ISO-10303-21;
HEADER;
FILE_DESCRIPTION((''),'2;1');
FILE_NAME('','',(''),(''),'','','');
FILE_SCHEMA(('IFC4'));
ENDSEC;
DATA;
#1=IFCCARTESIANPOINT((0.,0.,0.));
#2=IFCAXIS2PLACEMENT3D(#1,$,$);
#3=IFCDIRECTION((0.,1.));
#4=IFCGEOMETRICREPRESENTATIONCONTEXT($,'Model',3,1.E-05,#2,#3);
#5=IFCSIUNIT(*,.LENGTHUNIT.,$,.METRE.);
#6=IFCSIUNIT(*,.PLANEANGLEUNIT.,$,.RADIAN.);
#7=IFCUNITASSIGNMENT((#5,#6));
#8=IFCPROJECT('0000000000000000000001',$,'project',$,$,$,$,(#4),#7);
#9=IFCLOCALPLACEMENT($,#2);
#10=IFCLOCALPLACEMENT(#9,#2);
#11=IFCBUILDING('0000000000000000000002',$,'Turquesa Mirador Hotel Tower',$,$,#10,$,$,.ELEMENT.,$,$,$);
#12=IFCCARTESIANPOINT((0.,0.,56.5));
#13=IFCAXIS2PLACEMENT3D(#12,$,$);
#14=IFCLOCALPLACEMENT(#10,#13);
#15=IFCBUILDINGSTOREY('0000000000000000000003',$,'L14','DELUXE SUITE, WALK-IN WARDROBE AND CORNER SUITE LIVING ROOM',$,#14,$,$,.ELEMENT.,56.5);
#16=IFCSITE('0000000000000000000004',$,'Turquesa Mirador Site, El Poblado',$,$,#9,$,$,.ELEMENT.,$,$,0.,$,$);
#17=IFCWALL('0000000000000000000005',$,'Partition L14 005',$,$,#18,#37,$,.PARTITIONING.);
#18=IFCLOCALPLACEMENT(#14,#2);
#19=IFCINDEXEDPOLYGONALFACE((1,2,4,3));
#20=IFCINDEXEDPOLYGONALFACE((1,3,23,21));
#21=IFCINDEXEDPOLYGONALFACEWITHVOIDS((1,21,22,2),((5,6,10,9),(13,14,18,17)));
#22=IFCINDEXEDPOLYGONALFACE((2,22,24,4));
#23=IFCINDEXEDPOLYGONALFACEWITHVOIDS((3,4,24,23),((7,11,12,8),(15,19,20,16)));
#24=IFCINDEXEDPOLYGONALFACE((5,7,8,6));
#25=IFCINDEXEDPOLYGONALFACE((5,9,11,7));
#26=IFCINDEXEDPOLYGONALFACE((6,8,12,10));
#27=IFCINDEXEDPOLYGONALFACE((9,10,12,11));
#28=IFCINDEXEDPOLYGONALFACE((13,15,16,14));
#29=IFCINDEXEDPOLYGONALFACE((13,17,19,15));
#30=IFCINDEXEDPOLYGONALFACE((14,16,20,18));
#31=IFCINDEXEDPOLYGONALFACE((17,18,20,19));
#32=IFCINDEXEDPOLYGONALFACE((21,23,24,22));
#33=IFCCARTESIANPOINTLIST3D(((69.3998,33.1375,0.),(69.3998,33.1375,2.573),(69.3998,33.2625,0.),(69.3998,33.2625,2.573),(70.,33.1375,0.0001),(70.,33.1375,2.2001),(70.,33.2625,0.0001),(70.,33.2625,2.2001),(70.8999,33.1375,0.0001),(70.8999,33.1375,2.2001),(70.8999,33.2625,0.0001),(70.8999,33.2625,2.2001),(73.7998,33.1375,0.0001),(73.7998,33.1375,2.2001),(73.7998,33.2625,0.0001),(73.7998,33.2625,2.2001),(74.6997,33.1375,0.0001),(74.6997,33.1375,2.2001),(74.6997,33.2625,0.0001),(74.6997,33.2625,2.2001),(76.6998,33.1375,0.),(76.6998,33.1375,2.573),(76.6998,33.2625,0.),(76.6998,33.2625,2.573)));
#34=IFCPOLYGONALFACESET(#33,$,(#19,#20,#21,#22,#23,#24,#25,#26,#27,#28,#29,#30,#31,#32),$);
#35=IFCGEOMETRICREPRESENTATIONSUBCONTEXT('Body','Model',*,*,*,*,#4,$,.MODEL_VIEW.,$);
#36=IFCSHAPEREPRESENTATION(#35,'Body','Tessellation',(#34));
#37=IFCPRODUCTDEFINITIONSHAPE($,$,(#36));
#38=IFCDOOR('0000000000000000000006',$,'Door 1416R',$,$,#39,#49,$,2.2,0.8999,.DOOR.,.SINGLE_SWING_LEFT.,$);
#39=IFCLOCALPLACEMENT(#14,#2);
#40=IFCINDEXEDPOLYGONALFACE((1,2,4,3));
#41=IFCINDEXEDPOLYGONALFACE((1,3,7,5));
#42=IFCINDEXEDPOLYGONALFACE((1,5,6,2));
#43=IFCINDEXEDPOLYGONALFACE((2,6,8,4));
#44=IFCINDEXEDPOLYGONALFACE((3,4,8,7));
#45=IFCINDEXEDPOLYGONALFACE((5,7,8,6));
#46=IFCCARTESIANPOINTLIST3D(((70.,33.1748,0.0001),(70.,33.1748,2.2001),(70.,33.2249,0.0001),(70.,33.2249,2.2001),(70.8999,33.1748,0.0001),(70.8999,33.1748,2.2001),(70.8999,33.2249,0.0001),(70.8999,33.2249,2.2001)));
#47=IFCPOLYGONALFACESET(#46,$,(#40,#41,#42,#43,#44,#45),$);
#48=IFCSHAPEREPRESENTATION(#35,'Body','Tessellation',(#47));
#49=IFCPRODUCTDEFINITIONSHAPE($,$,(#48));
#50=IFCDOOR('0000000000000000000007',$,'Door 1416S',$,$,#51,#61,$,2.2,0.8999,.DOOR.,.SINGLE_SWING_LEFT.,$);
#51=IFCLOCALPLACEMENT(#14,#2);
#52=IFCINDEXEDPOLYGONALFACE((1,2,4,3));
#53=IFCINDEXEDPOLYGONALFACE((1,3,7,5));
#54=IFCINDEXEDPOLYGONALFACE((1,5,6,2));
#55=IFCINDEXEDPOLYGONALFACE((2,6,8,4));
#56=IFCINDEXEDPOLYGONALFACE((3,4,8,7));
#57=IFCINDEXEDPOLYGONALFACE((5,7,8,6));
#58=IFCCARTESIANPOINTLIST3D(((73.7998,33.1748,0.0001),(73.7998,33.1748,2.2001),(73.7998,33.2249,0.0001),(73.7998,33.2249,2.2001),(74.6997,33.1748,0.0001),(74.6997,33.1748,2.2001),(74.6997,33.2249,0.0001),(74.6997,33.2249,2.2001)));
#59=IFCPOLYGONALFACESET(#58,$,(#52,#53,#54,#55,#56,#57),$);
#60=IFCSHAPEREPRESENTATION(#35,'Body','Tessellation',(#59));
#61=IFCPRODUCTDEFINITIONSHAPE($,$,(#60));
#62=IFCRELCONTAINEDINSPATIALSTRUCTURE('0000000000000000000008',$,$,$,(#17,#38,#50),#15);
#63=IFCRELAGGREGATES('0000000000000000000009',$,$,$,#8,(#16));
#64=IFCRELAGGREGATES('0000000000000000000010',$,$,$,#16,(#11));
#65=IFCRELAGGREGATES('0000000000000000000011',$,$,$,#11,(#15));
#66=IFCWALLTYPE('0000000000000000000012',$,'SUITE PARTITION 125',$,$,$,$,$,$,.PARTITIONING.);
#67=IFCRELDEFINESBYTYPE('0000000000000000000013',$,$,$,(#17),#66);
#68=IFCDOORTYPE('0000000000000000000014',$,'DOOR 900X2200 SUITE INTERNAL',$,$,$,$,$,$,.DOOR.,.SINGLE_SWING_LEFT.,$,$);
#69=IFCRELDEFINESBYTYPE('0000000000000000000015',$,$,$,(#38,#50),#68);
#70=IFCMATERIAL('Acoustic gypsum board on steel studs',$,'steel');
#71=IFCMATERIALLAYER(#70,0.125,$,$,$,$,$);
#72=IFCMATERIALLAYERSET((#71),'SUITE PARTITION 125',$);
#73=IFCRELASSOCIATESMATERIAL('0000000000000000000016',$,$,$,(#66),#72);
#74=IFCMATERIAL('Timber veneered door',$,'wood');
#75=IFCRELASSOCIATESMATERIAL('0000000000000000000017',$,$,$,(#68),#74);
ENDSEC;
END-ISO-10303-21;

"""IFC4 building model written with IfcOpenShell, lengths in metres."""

from ifc_helpers import new_model, si_unit, direction, frame, frame_2d, origin, place, context, subcontext, project, spatial, rectangle, extrude, material, layer, layer_set, type_object, element, fill, save


model = new_model("IFC4")

# Units and contexts
model_context = context("Model", 3, precision=1e-05, world=origin(), true_north=direction((0.0, 1.0)))
body_context = subcontext(model_context, "Body", "Model", "MODEL_VIEW")
ifc_project = project(units=[si_unit("LENGTHUNIT", "METRE"), si_unit("PLANEANGLEUNIT", "RADIAN")], contexts=[model_context])

# Site, building, storey
site_placement = place(None, origin())
site = spatial("IfcSite", under=ifc_project, at=site_placement, Name="Turquesa Mirador Site, El Poblado", CompositionType="ELEMENT", RefElevation=0.0)
building_placement = place(site_placement, origin())
building = spatial("IfcBuilding", under=site, at=building_placement, Name="Turquesa Mirador Hotel Tower", CompositionType="ELEMENT")
storey_placement = place(building_placement, frame((0.0, 0.0, 56.5)))
storey = spatial("IfcBuildingStorey", under=building, at=storey_placement, Name="L14", Description="DELUXE SUITE, WALK-IN WARDROBE AND CORNER SUITE LIVING ROOM", CompositionType="ELEMENT", Elevation=56.5)

# Wall, openings, doors
ifc_material_1 = material(Name="Acoustic gypsum board on steel studs", Category="steel")
ifc_layer_1 = layer(ifc_material_1, 0.125)
ifc_layer_set_1 = layer_set([ifc_layer_1], Name="SUITE PARTITION 125")
wall_type_1 = type_object("IfcWallType", Name="SUITE PARTITION 125", PredefinedType="PARTITIONING", material=ifc_layer_set_1)
wall_1_placement = place(storey_placement, frame((69.3999, 33.2, 0.0), z_axis=(0.0, 0.0, 1.0), x_axis=(1.0, 0.0, 0.0)))
wall_1 = element("IfcWall", 1, at=wall_1_placement, inside=storey, type_object=wall_type_1, Name="Partition L14 005", PredefinedType="PARTITIONING", context=body_context, shape_type="SweptSolid", body=[
    extrude(rectangle(XDim=7.3, YDim=0.125, at=frame_2d((3.6499, 0.0))), origin(), (0.0, 0.0, 1.0), 2.573),
])
opening_1_placement = place(wall_1_placement, frame((0.6001, 0.0, 0.0)))
opening_1 = element("IfcOpeningElement", 2, at=opening_1_placement, cuts=wall_1, PredefinedType="OPENING", context=body_context, shape_type="SweptSolid", body=[
    extrude(rectangle(XDim=0.8999, YDim=2.2, at=frame_2d((0.45, 1.1001))), frame((0.0, 0.0725, 0.0), z_axis=(0.0, -1.0, 0.0), x_axis=(1.0, 0.0, 0.0)), (0.0, 0.0, 1.0), 0.145),
])
opening_2_placement = place(wall_1_placement, frame((4.3999, 0.0, 0.0)))
opening_2 = element("IfcOpeningElement", 3, at=opening_2_placement, cuts=wall_1, PredefinedType="OPENING", context=body_context, shape_type="SweptSolid", body=[
    extrude(rectangle(XDim=0.8999, YDim=2.2, at=frame_2d((0.45, 1.1001))), frame((0.0, 0.0725, 0.0), z_axis=(0.0, -1.0, 0.0), x_axis=(1.0, 0.0, 0.0)), (0.0, 0.0, 1.0), 0.145),
])
ifc_material_2 = material(Name="Timber veneered door", Category="wood")
door_type_1 = type_object("IfcDoorType", Name="DOOR 900X2200 SUITE INTERNAL", OperationType="SINGLE_SWING_LEFT", PredefinedType="DOOR", material=ifc_material_2)
door_1_placement = place(opening_1_placement, origin())
door_1 = element("IfcDoor", 4, at=door_1_placement, inside=storey, type_object=door_type_1, Name="Door 1416R", OperationType="SINGLE_SWING_LEFT", OverallHeight=2.2, OverallWidth=0.8999, PredefinedType="DOOR", context=body_context, shape_type="SweptSolid", body=[
    extrude(rectangle(XDim=0.8999, YDim=2.2, at=frame_2d((0.45, 1.1001))), frame((0.0, 0.0249, 0.0), z_axis=(0.0, -1.0, 0.0), x_axis=(1.0, 0.0, 0.0)), (0.0, 0.0, 1.0), 0.05),
])
fill(opening_1, door_1)
door_2_placement = place(opening_2_placement, origin())
door_2 = element("IfcDoor", 5, at=door_2_placement, inside=storey, type_object=door_type_1, Name="Door 1416S", OperationType="SINGLE_SWING_LEFT", OverallHeight=2.2, OverallWidth=0.8999, PredefinedType="DOOR", context=body_context, shape_type="SweptSolid", body=[
    extrude(rectangle(XDim=0.8999, YDim=2.2, at=frame_2d((0.45, 1.1001))), frame((0.0, 0.0249, 0.0), z_axis=(0.0, -1.0, 0.0), x_axis=(1.0, 0.0, 0.0)), (0.0, 0.0, 1.0), 0.05),
])
fill(opening_2, door_2)

save(model, "model.ifc")
